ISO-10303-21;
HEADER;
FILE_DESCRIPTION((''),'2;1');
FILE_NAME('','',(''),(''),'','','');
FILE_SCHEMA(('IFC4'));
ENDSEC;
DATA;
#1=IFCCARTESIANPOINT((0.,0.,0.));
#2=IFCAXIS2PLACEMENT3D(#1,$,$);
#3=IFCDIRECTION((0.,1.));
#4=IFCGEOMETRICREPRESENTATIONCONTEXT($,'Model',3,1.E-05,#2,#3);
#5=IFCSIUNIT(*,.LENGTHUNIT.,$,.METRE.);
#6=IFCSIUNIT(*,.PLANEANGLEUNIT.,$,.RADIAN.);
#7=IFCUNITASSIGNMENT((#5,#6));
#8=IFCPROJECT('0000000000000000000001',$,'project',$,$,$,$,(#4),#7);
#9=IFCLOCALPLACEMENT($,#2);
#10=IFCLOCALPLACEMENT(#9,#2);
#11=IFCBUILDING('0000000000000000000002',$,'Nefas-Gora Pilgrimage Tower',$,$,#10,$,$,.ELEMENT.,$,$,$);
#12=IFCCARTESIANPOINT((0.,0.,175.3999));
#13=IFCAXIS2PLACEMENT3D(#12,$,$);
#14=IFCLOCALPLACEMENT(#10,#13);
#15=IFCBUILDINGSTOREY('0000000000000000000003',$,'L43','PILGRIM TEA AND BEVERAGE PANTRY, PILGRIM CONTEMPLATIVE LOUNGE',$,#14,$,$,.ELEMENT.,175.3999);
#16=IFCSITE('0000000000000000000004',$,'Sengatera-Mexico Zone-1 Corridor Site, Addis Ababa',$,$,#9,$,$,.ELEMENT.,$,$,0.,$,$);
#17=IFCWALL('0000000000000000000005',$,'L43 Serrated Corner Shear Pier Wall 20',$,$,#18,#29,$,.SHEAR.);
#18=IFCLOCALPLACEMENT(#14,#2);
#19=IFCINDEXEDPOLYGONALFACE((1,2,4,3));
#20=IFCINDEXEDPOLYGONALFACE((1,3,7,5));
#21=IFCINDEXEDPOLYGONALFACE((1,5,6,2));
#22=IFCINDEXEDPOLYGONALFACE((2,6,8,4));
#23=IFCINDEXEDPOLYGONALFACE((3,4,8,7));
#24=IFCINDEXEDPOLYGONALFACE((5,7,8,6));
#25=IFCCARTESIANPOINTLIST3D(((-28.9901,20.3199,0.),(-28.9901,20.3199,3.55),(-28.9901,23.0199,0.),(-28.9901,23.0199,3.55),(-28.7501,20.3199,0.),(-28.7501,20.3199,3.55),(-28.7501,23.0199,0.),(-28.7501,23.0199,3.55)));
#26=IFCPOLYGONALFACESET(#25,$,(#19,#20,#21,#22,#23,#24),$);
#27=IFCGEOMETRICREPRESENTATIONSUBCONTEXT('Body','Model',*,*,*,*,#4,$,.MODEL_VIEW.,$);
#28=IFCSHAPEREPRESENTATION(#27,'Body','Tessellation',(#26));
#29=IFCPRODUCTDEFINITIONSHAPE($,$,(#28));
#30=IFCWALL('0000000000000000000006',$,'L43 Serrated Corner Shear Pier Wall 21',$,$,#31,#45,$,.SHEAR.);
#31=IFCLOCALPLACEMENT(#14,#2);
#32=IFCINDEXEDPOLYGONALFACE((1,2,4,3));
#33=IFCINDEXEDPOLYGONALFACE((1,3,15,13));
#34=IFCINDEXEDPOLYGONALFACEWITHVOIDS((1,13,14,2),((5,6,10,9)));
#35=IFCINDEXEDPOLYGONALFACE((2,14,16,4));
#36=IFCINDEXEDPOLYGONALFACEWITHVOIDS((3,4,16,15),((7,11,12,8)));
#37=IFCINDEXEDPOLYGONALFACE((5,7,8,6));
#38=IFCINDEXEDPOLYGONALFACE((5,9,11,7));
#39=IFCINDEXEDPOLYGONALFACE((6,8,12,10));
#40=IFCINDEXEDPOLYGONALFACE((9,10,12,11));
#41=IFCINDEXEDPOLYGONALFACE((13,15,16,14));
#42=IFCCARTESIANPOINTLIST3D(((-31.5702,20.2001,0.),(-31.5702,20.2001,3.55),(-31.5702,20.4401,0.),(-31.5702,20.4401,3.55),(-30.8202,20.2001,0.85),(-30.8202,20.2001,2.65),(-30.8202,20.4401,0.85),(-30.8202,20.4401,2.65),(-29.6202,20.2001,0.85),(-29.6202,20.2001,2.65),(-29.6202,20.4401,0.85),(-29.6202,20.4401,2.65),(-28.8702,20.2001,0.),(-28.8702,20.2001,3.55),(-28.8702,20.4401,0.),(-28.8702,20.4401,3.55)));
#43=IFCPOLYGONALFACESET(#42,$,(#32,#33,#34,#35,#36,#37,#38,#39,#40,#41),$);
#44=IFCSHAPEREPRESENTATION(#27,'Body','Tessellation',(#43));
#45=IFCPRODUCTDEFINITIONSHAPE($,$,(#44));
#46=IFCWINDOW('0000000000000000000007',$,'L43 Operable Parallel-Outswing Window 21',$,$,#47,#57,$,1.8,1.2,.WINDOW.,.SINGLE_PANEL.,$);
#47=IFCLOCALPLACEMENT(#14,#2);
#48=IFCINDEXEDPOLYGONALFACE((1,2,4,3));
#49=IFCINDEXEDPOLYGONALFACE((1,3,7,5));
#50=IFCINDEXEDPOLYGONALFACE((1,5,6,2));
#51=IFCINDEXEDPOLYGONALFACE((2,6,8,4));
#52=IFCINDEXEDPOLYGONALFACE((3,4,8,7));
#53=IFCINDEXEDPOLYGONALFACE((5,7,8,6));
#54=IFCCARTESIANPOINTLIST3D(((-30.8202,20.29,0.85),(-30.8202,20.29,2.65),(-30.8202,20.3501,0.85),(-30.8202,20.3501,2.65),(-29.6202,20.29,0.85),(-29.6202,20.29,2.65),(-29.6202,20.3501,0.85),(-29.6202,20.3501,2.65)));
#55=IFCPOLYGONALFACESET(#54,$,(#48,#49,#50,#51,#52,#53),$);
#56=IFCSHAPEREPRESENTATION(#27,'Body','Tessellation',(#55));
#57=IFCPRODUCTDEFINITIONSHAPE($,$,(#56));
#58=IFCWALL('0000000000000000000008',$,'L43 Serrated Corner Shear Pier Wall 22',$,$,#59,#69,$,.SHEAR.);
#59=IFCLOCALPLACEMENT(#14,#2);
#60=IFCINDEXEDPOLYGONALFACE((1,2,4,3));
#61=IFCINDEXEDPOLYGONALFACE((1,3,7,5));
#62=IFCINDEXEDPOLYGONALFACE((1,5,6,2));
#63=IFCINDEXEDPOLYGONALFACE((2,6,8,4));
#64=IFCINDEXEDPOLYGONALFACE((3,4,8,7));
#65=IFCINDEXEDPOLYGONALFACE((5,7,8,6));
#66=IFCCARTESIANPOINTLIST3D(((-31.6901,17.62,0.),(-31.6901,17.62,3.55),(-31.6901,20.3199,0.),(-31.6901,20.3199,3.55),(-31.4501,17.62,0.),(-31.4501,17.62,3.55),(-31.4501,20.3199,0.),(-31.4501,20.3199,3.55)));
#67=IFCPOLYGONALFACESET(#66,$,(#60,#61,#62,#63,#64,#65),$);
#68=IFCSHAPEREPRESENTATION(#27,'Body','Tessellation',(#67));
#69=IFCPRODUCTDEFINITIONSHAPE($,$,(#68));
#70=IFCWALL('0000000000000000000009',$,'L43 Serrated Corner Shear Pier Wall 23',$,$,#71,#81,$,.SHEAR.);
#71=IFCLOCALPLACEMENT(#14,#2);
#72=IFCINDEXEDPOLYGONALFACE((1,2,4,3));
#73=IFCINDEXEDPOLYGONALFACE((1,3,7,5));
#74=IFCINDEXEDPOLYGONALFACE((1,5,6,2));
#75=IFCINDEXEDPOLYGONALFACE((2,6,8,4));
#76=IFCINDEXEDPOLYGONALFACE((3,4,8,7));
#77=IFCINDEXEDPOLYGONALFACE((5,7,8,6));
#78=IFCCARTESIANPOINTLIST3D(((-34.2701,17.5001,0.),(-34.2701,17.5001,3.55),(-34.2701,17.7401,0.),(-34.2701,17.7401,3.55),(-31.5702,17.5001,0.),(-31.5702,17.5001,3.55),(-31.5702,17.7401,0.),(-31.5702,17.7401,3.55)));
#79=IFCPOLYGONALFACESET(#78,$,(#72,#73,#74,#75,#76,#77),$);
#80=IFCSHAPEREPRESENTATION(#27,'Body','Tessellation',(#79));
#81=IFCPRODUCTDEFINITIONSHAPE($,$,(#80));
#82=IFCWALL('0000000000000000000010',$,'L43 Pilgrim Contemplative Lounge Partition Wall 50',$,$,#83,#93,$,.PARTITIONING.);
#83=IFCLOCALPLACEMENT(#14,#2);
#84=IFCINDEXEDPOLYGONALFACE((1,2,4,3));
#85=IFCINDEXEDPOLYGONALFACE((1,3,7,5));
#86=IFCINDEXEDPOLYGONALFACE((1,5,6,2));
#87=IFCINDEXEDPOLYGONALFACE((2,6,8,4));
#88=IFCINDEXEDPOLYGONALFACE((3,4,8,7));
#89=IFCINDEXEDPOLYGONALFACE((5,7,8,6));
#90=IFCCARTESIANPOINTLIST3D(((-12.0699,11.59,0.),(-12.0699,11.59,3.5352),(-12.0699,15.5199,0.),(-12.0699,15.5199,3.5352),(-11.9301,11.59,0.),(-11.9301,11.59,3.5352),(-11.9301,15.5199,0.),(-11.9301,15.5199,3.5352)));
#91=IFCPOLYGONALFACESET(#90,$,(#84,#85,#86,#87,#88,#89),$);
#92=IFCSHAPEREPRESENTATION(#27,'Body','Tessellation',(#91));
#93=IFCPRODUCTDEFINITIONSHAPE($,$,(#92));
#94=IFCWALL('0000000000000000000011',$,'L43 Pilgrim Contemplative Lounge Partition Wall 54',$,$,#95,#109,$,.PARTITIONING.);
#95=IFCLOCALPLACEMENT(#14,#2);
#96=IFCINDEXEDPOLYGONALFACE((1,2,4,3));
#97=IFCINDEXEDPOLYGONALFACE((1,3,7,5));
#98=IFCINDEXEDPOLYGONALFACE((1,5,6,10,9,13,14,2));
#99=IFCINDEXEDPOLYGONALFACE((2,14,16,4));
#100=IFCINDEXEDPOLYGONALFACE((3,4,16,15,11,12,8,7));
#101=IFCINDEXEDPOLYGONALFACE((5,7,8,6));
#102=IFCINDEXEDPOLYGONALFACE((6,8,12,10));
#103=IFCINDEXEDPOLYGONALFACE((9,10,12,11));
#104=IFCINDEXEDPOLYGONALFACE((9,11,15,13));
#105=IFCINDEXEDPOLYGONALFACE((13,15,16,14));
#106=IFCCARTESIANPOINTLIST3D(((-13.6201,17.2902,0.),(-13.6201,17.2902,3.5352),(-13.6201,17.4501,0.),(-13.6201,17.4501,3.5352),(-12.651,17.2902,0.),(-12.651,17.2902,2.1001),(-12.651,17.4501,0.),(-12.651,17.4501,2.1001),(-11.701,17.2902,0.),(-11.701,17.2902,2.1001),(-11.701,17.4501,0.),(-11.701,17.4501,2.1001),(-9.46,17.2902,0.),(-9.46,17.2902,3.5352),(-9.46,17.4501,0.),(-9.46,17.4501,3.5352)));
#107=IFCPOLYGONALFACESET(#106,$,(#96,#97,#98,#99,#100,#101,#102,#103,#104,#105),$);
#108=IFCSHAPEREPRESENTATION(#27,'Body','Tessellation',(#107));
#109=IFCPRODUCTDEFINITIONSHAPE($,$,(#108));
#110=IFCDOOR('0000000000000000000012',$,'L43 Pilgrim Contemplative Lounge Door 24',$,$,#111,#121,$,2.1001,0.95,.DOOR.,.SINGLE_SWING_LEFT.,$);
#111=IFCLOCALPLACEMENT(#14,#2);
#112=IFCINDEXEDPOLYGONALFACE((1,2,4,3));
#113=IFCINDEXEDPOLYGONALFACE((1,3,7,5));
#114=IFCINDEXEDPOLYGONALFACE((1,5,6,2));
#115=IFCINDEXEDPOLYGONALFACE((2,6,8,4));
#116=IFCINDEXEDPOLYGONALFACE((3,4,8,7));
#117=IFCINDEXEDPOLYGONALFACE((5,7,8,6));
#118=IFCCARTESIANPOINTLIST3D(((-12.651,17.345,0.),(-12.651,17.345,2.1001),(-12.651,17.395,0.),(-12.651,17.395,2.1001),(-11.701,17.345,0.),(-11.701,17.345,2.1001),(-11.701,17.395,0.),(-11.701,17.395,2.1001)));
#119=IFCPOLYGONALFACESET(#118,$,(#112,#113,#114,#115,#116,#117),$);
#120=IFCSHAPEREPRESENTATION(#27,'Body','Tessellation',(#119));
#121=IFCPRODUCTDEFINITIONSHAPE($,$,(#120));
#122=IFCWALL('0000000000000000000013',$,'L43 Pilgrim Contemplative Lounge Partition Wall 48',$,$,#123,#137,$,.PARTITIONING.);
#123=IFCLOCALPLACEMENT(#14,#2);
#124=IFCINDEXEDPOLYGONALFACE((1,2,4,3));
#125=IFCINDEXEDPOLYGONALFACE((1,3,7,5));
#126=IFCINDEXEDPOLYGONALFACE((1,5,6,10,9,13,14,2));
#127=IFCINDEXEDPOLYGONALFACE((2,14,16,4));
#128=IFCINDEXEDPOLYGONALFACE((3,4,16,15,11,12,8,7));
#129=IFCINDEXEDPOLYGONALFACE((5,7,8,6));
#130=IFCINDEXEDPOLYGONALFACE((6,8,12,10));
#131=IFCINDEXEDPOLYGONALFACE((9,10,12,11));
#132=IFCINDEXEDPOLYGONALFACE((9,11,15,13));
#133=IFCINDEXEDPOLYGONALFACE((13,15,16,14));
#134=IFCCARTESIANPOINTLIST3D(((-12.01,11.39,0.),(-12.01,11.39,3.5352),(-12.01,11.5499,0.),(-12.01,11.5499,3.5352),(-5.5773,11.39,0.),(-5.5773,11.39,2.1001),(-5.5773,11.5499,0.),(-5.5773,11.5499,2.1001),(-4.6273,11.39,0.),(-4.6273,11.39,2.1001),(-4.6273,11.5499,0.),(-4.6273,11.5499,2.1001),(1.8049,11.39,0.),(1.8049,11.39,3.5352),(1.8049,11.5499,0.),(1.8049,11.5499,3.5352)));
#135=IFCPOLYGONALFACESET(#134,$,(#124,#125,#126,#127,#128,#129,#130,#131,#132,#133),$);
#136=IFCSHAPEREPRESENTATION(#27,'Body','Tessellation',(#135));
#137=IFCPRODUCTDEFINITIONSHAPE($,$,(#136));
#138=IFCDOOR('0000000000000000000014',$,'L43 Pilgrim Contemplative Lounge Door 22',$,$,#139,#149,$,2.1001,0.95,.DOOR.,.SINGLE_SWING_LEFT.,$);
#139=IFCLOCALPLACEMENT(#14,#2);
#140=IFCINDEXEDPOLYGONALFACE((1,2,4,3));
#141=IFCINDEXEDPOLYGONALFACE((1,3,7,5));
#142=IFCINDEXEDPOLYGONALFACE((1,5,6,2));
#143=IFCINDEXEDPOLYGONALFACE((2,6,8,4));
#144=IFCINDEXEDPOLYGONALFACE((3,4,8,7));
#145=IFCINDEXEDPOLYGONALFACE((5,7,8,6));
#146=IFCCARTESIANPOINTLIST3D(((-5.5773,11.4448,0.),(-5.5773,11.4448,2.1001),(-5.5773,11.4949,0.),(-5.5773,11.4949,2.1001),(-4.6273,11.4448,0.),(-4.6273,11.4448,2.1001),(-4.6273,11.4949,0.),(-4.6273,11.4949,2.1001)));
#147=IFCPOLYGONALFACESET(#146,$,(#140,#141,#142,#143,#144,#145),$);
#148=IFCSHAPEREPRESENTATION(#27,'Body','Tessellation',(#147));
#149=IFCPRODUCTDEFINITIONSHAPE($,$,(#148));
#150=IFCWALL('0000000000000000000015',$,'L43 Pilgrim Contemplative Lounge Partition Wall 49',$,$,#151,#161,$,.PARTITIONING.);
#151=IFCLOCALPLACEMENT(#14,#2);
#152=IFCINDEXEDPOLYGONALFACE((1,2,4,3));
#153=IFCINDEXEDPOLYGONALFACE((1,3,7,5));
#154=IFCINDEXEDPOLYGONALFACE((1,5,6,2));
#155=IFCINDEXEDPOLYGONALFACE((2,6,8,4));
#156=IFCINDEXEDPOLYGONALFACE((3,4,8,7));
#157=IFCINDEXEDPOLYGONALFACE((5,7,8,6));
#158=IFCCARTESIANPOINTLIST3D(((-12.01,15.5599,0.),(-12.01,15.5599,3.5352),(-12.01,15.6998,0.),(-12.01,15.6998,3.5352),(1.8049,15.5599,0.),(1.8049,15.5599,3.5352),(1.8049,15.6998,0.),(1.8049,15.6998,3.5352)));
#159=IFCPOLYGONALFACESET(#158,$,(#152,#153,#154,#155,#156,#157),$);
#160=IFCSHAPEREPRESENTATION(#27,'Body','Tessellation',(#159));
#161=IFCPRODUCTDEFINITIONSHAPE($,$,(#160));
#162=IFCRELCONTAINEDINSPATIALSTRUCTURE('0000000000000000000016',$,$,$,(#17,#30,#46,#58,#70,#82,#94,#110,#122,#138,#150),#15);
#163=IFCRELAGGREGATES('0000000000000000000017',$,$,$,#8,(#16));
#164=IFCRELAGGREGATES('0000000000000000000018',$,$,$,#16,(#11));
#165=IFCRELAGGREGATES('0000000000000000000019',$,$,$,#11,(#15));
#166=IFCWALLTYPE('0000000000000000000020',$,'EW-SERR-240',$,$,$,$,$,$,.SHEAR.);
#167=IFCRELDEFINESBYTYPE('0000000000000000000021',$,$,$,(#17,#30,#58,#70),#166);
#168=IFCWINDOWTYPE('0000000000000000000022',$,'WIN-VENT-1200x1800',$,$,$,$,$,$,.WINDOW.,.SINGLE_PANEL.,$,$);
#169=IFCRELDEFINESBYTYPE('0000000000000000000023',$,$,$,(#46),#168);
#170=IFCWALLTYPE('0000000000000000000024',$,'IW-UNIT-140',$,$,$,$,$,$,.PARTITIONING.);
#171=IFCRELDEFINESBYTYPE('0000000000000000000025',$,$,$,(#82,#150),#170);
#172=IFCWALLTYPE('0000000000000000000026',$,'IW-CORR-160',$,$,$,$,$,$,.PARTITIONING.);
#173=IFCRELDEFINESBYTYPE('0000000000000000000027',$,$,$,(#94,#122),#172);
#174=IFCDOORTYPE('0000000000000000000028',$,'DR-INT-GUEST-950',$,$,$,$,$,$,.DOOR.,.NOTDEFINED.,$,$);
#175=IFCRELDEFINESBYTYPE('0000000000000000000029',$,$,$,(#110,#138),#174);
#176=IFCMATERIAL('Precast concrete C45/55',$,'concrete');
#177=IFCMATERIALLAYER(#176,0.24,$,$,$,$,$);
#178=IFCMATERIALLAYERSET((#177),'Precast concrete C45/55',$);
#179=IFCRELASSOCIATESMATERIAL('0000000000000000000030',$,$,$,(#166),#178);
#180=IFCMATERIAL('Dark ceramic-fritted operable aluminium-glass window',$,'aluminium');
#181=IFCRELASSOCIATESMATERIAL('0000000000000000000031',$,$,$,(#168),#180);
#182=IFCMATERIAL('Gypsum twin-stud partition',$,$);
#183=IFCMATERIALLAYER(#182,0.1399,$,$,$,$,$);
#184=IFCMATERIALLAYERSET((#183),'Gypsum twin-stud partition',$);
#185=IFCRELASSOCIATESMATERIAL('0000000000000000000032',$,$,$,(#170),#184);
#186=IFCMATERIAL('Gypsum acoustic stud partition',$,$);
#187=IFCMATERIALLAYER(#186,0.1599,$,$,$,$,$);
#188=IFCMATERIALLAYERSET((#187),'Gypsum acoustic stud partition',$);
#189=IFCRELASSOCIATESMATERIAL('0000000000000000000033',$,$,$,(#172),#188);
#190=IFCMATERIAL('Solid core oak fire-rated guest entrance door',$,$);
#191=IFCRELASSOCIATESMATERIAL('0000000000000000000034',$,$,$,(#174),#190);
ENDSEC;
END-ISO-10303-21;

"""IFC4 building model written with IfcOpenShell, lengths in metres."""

from ifc_helpers import new_model, si_unit, direction, frame, frame_2d, origin, place, context, subcontext, project, spatial, rectangle, extrude, source, transform, mapped, material, layer, layer_set, type_object, element, fill, save


model = new_model("IFC4")

# Units and contexts
model_context = context("Model", 3, precision=1e-05, world=origin(), true_north=direction((0.0, 1.0)))
body_context = subcontext(model_context, "Body", "Model", "MODEL_VIEW")
ifc_project = project(units=[si_unit("LENGTHUNIT", "METRE"), si_unit("PLANEANGLEUNIT", "RADIAN")], contexts=[model_context])

# Site, building, storey
site_placement = place(None, origin())
site = spatial("IfcSite", under=ifc_project, at=site_placement, Name="Sengatera-Mexico Zone-1 Corridor Site, Addis Ababa", CompositionType="ELEMENT", RefElevation=0.0)
building_placement = place(site_placement, origin())
building = spatial("IfcBuilding", under=site, at=building_placement, Name="Nefas-Gora Pilgrimage Tower", CompositionType="ELEMENT")
storey_placement = place(building_placement, frame((0.0, 0.0, 175.3999)))
storey = spatial("IfcBuildingStorey", under=building, at=storey_placement, Name="L43", Description="PILGRIM TEA AND BEVERAGE PANTRY, PILGRIM CONTEMPLATIVE LOUNGE", CompositionType="ELEMENT", Elevation=175.3999)

# Wall
ifc_material_1 = material(Name="Precast concrete C45/55", Category="concrete")
ifc_layer_1 = layer(ifc_material_1, 0.24)
ifc_layer_set_1 = layer_set([ifc_layer_1], Name="Precast concrete C45/55")
wall_type_1 = type_object("IfcWallType", Name="EW-SERR-240", PredefinedType="SHEAR", material=ifc_layer_set_1)
shared_shape_1 = source(origin(), body_context, "Body", "SweptSolid", [
    extrude(rectangle(XDim=2.7, YDim=0.24, at=frame_2d((1.3501, 0.0))), origin(), (0.0, 0.0, 1.0), 3.55),
])
wall_1_placement = place(storey_placement, frame((-28.8701, 23.02, 0.0), z_axis=(0.0, 0.0, 1.0), x_axis=(0.0, -1.0, 0.0)))
element("IfcWall", 1, at=wall_1_placement, inside=storey, type_object=wall_type_1, Name="L43 Serrated Corner Shear Pier Wall 20", PredefinedType="SHEAR", context=body_context, shape_type="MappedRepresentation", body=[
    mapped(shared_shape_1, transform((0.0, 0.0, 0.0), x_axis=(1.0, 0.0, 0.0), y_axis=(0.0, 1.0, 0.0), z_axis=(0.0, 0.0, 1.0), scale=1.0)),
])

# Wall, opening, window
wall_2_placement = place(storey_placement, frame((-28.8701, 20.3201, 0.0), z_axis=(0.0, 0.0, 1.0), x_axis=(-1.0, 0.0, 0.0)))
wall_2 = element("IfcWall", 2, at=wall_2_placement, inside=storey, type_object=wall_type_1, Name="L43 Serrated Corner Shear Pier Wall 21", PredefinedType="SHEAR", context=body_context, shape_type="MappedRepresentation", body=[
    mapped(shared_shape_1, transform((0.0, 0.0, 0.0), x_axis=(1.0, 0.0, 0.0), y_axis=(0.0, 1.0, 0.0), z_axis=(0.0, 0.0, 1.0), scale=1.0)),
])
opening_1_placement = place(wall_2_placement, frame((0.75, 0.0, 0.8501)))
opening_1 = element("IfcOpeningElement", 3, at=opening_1_placement, cuts=wall_2, PredefinedType="OPENING", context=body_context, shape_type="SweptSolid", body=[
    extrude(rectangle(XDim=1.2, YDim=1.8, at=frame_2d((0.6001, 0.8999))), frame((0.0, 0.1299, 0.0), z_axis=(0.0, -1.0, 0.0), x_axis=(1.0, 0.0, 0.0)), (0.0, 0.0, 1.0), 0.26),
])
ifc_material_2 = material(Name="Dark ceramic-fritted operable aluminium-glass window", Category="aluminium")
window_type = type_object("IfcWindowType", Name="WIN-VENT-1200x1800", PartitioningType="SINGLE_PANEL", PredefinedType="WINDOW", material=ifc_material_2)
shared_shape_2 = source(origin(), body_context, "Body", "SweptSolid", [
    extrude(rectangle(XDim=1.2, YDim=1.8, at=frame_2d((0.6001, 0.8999))), frame((0.0, 0.03, 0.0), z_axis=(0.0, -1.0, 0.0), x_axis=(1.0, 0.0, 0.0)), (0.0, 0.0, 1.0), 0.0601),
])
window_placement = place(opening_1_placement, origin())
window = element("IfcWindow", 4, at=window_placement, inside=storey, type_object=window_type, Name="L43 Operable Parallel-Outswing Window 21", OverallHeight=1.8, OverallWidth=1.2, PartitioningType="SINGLE_PANEL", PredefinedType="WINDOW", context=body_context, shape_type="MappedRepresentation", body=[
    mapped(shared_shape_2, transform((0.0, 0.0, 0.0), x_axis=(1.0, 0.0, 0.0), y_axis=(0.0, 1.0, 0.0), z_axis=(0.0, 0.0, 1.0), scale=1.0)),
])
fill(opening_1, window)

# Walls
for number, where, z_axis, x_axis, name in (
    (5, (-31.5701, 20.3201, 0.0), (0.0, 0.0, 1.0), (0.0, -1.0, 0.0), "L43 Serrated Corner Shear Pier Wall 22"),
    (6, (-31.5701, 17.6201, 0.0), (0.0, 0.0, 1.0), (-1.0, 0.0, 0.0), "L43 Serrated Corner Shear Pier Wall 23"),
):
    element("IfcWall", number, at=place(storey_placement, frame(where, z_axis=z_axis, x_axis=x_axis)), inside=storey, type_object=wall_type_1, Name=name, PredefinedType="SHEAR", context=body_context, shape_type="MappedRepresentation", body=[
        mapped(shared_shape_1, transform((0.0, 0.0, 0.0), x_axis=(1.0, 0.0, 0.0), y_axis=(0.0, 1.0, 0.0), z_axis=(0.0, 0.0, 1.0), scale=1.0)),
    ])
ifc_material_3 = material(Name="Gypsum twin-stud partition")
ifc_layer_2 = layer(ifc_material_3, 0.1399)
ifc_layer_set_2 = layer_set([ifc_layer_2], Name="Gypsum twin-stud partition")
wall_type_2 = type_object("IfcWallType", Name="IW-UNIT-140", PredefinedType="PARTITIONING", material=ifc_layer_set_2)
shared_shape_3 = source(origin(), body_context, "Body", "SweptSolid", [
    extrude(rectangle(XDim=3.9299, YDim=0.1399, at=frame_2d((1.9648, 0.0))), origin(), (0.0, 0.0, 1.0), 3.5352),
])
wall_3_placement = place(storey_placement, frame((-12.0, 11.5901, 0.0), z_axis=(0.0, 0.0, 1.0), x_axis=(0.0, 1.0, 0.0)))
element("IfcWall", 7, at=wall_3_placement, inside=storey, type_object=wall_type_2, Name="L43 Pilgrim Contemplative Lounge Partition Wall 50", PredefinedType="PARTITIONING", context=body_context, shape_type="MappedRepresentation", body=[
    mapped(shared_shape_3, transform((0.0, 0.0, 0.0), x_axis=(1.0, 0.0, 0.0), y_axis=(0.0, 1.0, 0.0), z_axis=(0.0, 0.0, 1.0), scale=1.0)),
])

# Walls, openings, doors
ifc_material_4 = material(Name="Gypsum acoustic stud partition")
ifc_layer_3 = layer(ifc_material_4, 0.1599)
ifc_layer_set_3 = layer_set([ifc_layer_3], Name="Gypsum acoustic stud partition")
wall_type_3 = type_object("IfcWallType", Name="IW-CORR-160", PredefinedType="PARTITIONING", material=ifc_layer_set_3)
shared_shape_4 = source(origin(), body_context, "Body", "SweptSolid", [
    extrude(rectangle(XDim=4.1602, YDim=0.1599, at=frame_2d((2.0801, 0.0))), origin(), (0.0, 0.0, 1.0), 3.5352),
])
wall_4_placement = place(storey_placement, frame((-13.6201, 17.3701, 0.0), z_axis=(0.0, 0.0, 1.0), x_axis=(1.0, 0.0, 0.0)))
wall_4 = element("IfcWall", 8, at=wall_4_placement, inside=storey, type_object=wall_type_3, Name="L43 Pilgrim Contemplative Lounge Partition Wall 54", PredefinedType="PARTITIONING", context=body_context, shape_type="MappedRepresentation", body=[
    mapped(shared_shape_4, transform((0.0, 0.0, 0.0), x_axis=(1.0, 0.0, 0.0), y_axis=(0.0, 1.0, 0.0), z_axis=(0.0, 0.0, 1.0), scale=1.0)),
])
opening_2_placement = place(wall_4_placement, frame((0.969, 0.0, 0.0)))
opening_2 = element("IfcOpeningElement", 9, at=opening_2_placement, cuts=wall_4, PredefinedType="OPENING", context=body_context, shape_type="SweptSolid", body=[
    extrude(rectangle(XDim=0.95, YDim=2.1001, at=frame_2d((0.4751, 1.05))), frame((0.0, 0.0898, 0.0), z_axis=(0.0, -1.0, 0.0), x_axis=(1.0, 0.0, 0.0)), (0.0, 0.0, 1.0), 0.1799),
])
ifc_material_5 = material(Name="Solid core oak fire-rated guest entrance door")
door_type = type_object("IfcDoorType", Name="DR-INT-GUEST-950", OperationType="NOTDEFINED", PredefinedType="DOOR", material=ifc_material_5)
shared_shape_5 = source(origin(), body_context, "Body", "SweptSolid", [
    extrude(rectangle(XDim=0.95, YDim=2.1001, at=frame_2d((0.4751, 1.05))), frame((0.0, 0.0249, 0.0), z_axis=(0.0, -1.0, 0.0), x_axis=(1.0, 0.0, 0.0)), (0.0, 0.0, 1.0), 0.05),
])
door_1_placement = place(opening_2_placement, origin())
door_1 = element("IfcDoor", 10, at=door_1_placement, inside=storey, type_object=door_type, Name="L43 Pilgrim Contemplative Lounge Door 24", OperationType="SINGLE_SWING_LEFT", OverallHeight=2.1001, OverallWidth=0.95, PredefinedType="DOOR", context=body_context, shape_type="MappedRepresentation", body=[
    mapped(shared_shape_5, transform((0.0, 0.0, 0.0), x_axis=(1.0, 0.0, 0.0), y_axis=(0.0, 1.0, 0.0), z_axis=(0.0, 0.0, 1.0), scale=1.0)),
])
fill(opening_2, door_1)
shared_shape_6 = source(origin(), body_context, "Body", "SweptSolid", [
    extrude(rectangle(XDim=13.8149, YDim=0.1599, at=frame_2d((6.9075, 0.0))), origin(), (0.0, 0.0, 1.0), 3.5352),
])
wall_5_placement = place(storey_placement, frame((-12.01, 11.47, 0.0), z_axis=(0.0, 0.0, 1.0), x_axis=(1.0, 0.0, 0.0)))
wall_5 = element("IfcWall", 11, at=wall_5_placement, inside=storey, type_object=wall_type_3, Name="L43 Pilgrim Contemplative Lounge Partition Wall 48", PredefinedType="PARTITIONING", context=body_context, shape_type="MappedRepresentation", body=[
    mapped(shared_shape_6, transform((0.0, 0.0, 0.0), x_axis=(1.0, 0.0, 0.0), y_axis=(0.0, 1.0, 0.0), z_axis=(0.0, 0.0, 1.0), scale=1.0)),
])
opening_3_placement = place(wall_5_placement, frame((6.4326, 0.0, 0.0)))
opening_3 = element("IfcOpeningElement", 12, at=opening_3_placement, cuts=wall_5, PredefinedType="OPENING", context=body_context, shape_type="SweptSolid", body=[
    extrude(rectangle(XDim=0.95, YDim=2.1001, at=frame_2d((0.4751, 1.05))), frame((0.0, 0.0898, 0.0), z_axis=(0.0, -1.0, 0.0), x_axis=(1.0, 0.0, 0.0)), (0.0, 0.0, 1.0), 0.1799),
])
door_2_placement = place(opening_3_placement, origin())
door_2 = element("IfcDoor", 13, at=door_2_placement, inside=storey, type_object=door_type, Name="L43 Pilgrim Contemplative Lounge Door 22", OperationType="SINGLE_SWING_LEFT", OverallHeight=2.1001, OverallWidth=0.95, PredefinedType="DOOR", context=body_context, shape_type="MappedRepresentation", body=[
    mapped(shared_shape_5, transform((0.0, 0.0, 0.0), x_axis=(1.0, 0.0, 0.0), y_axis=(0.0, 1.0, 0.0), z_axis=(0.0, 0.0, 1.0), scale=1.0)),
])
fill(opening_3, door_2)

# Wall
shared_shape_7 = source(origin(), body_context, "Body", "SweptSolid", [
    extrude(rectangle(XDim=13.8149, YDim=0.1399, at=frame_2d((6.9075, 0.0))), origin(), (0.0, 0.0, 1.0), 3.5352),
])
wall_6_placement = place(storey_placement, frame((-12.01, 15.6299, 0.0), z_axis=(0.0, 0.0, 1.0), x_axis=(1.0, 0.0, 0.0)))
element("IfcWall", 14, at=wall_6_placement, inside=storey, type_object=wall_type_2, Name="L43 Pilgrim Contemplative Lounge Partition Wall 49", PredefinedType="PARTITIONING", context=body_context, shape_type="MappedRepresentation", body=[
    mapped(shared_shape_7, transform((0.0, 0.0, 0.0), x_axis=(1.0, 0.0, 0.0), y_axis=(0.0, 1.0, 0.0), z_axis=(0.0, 0.0, 1.0), scale=1.0)),
])

save(model, "model.ifc")
